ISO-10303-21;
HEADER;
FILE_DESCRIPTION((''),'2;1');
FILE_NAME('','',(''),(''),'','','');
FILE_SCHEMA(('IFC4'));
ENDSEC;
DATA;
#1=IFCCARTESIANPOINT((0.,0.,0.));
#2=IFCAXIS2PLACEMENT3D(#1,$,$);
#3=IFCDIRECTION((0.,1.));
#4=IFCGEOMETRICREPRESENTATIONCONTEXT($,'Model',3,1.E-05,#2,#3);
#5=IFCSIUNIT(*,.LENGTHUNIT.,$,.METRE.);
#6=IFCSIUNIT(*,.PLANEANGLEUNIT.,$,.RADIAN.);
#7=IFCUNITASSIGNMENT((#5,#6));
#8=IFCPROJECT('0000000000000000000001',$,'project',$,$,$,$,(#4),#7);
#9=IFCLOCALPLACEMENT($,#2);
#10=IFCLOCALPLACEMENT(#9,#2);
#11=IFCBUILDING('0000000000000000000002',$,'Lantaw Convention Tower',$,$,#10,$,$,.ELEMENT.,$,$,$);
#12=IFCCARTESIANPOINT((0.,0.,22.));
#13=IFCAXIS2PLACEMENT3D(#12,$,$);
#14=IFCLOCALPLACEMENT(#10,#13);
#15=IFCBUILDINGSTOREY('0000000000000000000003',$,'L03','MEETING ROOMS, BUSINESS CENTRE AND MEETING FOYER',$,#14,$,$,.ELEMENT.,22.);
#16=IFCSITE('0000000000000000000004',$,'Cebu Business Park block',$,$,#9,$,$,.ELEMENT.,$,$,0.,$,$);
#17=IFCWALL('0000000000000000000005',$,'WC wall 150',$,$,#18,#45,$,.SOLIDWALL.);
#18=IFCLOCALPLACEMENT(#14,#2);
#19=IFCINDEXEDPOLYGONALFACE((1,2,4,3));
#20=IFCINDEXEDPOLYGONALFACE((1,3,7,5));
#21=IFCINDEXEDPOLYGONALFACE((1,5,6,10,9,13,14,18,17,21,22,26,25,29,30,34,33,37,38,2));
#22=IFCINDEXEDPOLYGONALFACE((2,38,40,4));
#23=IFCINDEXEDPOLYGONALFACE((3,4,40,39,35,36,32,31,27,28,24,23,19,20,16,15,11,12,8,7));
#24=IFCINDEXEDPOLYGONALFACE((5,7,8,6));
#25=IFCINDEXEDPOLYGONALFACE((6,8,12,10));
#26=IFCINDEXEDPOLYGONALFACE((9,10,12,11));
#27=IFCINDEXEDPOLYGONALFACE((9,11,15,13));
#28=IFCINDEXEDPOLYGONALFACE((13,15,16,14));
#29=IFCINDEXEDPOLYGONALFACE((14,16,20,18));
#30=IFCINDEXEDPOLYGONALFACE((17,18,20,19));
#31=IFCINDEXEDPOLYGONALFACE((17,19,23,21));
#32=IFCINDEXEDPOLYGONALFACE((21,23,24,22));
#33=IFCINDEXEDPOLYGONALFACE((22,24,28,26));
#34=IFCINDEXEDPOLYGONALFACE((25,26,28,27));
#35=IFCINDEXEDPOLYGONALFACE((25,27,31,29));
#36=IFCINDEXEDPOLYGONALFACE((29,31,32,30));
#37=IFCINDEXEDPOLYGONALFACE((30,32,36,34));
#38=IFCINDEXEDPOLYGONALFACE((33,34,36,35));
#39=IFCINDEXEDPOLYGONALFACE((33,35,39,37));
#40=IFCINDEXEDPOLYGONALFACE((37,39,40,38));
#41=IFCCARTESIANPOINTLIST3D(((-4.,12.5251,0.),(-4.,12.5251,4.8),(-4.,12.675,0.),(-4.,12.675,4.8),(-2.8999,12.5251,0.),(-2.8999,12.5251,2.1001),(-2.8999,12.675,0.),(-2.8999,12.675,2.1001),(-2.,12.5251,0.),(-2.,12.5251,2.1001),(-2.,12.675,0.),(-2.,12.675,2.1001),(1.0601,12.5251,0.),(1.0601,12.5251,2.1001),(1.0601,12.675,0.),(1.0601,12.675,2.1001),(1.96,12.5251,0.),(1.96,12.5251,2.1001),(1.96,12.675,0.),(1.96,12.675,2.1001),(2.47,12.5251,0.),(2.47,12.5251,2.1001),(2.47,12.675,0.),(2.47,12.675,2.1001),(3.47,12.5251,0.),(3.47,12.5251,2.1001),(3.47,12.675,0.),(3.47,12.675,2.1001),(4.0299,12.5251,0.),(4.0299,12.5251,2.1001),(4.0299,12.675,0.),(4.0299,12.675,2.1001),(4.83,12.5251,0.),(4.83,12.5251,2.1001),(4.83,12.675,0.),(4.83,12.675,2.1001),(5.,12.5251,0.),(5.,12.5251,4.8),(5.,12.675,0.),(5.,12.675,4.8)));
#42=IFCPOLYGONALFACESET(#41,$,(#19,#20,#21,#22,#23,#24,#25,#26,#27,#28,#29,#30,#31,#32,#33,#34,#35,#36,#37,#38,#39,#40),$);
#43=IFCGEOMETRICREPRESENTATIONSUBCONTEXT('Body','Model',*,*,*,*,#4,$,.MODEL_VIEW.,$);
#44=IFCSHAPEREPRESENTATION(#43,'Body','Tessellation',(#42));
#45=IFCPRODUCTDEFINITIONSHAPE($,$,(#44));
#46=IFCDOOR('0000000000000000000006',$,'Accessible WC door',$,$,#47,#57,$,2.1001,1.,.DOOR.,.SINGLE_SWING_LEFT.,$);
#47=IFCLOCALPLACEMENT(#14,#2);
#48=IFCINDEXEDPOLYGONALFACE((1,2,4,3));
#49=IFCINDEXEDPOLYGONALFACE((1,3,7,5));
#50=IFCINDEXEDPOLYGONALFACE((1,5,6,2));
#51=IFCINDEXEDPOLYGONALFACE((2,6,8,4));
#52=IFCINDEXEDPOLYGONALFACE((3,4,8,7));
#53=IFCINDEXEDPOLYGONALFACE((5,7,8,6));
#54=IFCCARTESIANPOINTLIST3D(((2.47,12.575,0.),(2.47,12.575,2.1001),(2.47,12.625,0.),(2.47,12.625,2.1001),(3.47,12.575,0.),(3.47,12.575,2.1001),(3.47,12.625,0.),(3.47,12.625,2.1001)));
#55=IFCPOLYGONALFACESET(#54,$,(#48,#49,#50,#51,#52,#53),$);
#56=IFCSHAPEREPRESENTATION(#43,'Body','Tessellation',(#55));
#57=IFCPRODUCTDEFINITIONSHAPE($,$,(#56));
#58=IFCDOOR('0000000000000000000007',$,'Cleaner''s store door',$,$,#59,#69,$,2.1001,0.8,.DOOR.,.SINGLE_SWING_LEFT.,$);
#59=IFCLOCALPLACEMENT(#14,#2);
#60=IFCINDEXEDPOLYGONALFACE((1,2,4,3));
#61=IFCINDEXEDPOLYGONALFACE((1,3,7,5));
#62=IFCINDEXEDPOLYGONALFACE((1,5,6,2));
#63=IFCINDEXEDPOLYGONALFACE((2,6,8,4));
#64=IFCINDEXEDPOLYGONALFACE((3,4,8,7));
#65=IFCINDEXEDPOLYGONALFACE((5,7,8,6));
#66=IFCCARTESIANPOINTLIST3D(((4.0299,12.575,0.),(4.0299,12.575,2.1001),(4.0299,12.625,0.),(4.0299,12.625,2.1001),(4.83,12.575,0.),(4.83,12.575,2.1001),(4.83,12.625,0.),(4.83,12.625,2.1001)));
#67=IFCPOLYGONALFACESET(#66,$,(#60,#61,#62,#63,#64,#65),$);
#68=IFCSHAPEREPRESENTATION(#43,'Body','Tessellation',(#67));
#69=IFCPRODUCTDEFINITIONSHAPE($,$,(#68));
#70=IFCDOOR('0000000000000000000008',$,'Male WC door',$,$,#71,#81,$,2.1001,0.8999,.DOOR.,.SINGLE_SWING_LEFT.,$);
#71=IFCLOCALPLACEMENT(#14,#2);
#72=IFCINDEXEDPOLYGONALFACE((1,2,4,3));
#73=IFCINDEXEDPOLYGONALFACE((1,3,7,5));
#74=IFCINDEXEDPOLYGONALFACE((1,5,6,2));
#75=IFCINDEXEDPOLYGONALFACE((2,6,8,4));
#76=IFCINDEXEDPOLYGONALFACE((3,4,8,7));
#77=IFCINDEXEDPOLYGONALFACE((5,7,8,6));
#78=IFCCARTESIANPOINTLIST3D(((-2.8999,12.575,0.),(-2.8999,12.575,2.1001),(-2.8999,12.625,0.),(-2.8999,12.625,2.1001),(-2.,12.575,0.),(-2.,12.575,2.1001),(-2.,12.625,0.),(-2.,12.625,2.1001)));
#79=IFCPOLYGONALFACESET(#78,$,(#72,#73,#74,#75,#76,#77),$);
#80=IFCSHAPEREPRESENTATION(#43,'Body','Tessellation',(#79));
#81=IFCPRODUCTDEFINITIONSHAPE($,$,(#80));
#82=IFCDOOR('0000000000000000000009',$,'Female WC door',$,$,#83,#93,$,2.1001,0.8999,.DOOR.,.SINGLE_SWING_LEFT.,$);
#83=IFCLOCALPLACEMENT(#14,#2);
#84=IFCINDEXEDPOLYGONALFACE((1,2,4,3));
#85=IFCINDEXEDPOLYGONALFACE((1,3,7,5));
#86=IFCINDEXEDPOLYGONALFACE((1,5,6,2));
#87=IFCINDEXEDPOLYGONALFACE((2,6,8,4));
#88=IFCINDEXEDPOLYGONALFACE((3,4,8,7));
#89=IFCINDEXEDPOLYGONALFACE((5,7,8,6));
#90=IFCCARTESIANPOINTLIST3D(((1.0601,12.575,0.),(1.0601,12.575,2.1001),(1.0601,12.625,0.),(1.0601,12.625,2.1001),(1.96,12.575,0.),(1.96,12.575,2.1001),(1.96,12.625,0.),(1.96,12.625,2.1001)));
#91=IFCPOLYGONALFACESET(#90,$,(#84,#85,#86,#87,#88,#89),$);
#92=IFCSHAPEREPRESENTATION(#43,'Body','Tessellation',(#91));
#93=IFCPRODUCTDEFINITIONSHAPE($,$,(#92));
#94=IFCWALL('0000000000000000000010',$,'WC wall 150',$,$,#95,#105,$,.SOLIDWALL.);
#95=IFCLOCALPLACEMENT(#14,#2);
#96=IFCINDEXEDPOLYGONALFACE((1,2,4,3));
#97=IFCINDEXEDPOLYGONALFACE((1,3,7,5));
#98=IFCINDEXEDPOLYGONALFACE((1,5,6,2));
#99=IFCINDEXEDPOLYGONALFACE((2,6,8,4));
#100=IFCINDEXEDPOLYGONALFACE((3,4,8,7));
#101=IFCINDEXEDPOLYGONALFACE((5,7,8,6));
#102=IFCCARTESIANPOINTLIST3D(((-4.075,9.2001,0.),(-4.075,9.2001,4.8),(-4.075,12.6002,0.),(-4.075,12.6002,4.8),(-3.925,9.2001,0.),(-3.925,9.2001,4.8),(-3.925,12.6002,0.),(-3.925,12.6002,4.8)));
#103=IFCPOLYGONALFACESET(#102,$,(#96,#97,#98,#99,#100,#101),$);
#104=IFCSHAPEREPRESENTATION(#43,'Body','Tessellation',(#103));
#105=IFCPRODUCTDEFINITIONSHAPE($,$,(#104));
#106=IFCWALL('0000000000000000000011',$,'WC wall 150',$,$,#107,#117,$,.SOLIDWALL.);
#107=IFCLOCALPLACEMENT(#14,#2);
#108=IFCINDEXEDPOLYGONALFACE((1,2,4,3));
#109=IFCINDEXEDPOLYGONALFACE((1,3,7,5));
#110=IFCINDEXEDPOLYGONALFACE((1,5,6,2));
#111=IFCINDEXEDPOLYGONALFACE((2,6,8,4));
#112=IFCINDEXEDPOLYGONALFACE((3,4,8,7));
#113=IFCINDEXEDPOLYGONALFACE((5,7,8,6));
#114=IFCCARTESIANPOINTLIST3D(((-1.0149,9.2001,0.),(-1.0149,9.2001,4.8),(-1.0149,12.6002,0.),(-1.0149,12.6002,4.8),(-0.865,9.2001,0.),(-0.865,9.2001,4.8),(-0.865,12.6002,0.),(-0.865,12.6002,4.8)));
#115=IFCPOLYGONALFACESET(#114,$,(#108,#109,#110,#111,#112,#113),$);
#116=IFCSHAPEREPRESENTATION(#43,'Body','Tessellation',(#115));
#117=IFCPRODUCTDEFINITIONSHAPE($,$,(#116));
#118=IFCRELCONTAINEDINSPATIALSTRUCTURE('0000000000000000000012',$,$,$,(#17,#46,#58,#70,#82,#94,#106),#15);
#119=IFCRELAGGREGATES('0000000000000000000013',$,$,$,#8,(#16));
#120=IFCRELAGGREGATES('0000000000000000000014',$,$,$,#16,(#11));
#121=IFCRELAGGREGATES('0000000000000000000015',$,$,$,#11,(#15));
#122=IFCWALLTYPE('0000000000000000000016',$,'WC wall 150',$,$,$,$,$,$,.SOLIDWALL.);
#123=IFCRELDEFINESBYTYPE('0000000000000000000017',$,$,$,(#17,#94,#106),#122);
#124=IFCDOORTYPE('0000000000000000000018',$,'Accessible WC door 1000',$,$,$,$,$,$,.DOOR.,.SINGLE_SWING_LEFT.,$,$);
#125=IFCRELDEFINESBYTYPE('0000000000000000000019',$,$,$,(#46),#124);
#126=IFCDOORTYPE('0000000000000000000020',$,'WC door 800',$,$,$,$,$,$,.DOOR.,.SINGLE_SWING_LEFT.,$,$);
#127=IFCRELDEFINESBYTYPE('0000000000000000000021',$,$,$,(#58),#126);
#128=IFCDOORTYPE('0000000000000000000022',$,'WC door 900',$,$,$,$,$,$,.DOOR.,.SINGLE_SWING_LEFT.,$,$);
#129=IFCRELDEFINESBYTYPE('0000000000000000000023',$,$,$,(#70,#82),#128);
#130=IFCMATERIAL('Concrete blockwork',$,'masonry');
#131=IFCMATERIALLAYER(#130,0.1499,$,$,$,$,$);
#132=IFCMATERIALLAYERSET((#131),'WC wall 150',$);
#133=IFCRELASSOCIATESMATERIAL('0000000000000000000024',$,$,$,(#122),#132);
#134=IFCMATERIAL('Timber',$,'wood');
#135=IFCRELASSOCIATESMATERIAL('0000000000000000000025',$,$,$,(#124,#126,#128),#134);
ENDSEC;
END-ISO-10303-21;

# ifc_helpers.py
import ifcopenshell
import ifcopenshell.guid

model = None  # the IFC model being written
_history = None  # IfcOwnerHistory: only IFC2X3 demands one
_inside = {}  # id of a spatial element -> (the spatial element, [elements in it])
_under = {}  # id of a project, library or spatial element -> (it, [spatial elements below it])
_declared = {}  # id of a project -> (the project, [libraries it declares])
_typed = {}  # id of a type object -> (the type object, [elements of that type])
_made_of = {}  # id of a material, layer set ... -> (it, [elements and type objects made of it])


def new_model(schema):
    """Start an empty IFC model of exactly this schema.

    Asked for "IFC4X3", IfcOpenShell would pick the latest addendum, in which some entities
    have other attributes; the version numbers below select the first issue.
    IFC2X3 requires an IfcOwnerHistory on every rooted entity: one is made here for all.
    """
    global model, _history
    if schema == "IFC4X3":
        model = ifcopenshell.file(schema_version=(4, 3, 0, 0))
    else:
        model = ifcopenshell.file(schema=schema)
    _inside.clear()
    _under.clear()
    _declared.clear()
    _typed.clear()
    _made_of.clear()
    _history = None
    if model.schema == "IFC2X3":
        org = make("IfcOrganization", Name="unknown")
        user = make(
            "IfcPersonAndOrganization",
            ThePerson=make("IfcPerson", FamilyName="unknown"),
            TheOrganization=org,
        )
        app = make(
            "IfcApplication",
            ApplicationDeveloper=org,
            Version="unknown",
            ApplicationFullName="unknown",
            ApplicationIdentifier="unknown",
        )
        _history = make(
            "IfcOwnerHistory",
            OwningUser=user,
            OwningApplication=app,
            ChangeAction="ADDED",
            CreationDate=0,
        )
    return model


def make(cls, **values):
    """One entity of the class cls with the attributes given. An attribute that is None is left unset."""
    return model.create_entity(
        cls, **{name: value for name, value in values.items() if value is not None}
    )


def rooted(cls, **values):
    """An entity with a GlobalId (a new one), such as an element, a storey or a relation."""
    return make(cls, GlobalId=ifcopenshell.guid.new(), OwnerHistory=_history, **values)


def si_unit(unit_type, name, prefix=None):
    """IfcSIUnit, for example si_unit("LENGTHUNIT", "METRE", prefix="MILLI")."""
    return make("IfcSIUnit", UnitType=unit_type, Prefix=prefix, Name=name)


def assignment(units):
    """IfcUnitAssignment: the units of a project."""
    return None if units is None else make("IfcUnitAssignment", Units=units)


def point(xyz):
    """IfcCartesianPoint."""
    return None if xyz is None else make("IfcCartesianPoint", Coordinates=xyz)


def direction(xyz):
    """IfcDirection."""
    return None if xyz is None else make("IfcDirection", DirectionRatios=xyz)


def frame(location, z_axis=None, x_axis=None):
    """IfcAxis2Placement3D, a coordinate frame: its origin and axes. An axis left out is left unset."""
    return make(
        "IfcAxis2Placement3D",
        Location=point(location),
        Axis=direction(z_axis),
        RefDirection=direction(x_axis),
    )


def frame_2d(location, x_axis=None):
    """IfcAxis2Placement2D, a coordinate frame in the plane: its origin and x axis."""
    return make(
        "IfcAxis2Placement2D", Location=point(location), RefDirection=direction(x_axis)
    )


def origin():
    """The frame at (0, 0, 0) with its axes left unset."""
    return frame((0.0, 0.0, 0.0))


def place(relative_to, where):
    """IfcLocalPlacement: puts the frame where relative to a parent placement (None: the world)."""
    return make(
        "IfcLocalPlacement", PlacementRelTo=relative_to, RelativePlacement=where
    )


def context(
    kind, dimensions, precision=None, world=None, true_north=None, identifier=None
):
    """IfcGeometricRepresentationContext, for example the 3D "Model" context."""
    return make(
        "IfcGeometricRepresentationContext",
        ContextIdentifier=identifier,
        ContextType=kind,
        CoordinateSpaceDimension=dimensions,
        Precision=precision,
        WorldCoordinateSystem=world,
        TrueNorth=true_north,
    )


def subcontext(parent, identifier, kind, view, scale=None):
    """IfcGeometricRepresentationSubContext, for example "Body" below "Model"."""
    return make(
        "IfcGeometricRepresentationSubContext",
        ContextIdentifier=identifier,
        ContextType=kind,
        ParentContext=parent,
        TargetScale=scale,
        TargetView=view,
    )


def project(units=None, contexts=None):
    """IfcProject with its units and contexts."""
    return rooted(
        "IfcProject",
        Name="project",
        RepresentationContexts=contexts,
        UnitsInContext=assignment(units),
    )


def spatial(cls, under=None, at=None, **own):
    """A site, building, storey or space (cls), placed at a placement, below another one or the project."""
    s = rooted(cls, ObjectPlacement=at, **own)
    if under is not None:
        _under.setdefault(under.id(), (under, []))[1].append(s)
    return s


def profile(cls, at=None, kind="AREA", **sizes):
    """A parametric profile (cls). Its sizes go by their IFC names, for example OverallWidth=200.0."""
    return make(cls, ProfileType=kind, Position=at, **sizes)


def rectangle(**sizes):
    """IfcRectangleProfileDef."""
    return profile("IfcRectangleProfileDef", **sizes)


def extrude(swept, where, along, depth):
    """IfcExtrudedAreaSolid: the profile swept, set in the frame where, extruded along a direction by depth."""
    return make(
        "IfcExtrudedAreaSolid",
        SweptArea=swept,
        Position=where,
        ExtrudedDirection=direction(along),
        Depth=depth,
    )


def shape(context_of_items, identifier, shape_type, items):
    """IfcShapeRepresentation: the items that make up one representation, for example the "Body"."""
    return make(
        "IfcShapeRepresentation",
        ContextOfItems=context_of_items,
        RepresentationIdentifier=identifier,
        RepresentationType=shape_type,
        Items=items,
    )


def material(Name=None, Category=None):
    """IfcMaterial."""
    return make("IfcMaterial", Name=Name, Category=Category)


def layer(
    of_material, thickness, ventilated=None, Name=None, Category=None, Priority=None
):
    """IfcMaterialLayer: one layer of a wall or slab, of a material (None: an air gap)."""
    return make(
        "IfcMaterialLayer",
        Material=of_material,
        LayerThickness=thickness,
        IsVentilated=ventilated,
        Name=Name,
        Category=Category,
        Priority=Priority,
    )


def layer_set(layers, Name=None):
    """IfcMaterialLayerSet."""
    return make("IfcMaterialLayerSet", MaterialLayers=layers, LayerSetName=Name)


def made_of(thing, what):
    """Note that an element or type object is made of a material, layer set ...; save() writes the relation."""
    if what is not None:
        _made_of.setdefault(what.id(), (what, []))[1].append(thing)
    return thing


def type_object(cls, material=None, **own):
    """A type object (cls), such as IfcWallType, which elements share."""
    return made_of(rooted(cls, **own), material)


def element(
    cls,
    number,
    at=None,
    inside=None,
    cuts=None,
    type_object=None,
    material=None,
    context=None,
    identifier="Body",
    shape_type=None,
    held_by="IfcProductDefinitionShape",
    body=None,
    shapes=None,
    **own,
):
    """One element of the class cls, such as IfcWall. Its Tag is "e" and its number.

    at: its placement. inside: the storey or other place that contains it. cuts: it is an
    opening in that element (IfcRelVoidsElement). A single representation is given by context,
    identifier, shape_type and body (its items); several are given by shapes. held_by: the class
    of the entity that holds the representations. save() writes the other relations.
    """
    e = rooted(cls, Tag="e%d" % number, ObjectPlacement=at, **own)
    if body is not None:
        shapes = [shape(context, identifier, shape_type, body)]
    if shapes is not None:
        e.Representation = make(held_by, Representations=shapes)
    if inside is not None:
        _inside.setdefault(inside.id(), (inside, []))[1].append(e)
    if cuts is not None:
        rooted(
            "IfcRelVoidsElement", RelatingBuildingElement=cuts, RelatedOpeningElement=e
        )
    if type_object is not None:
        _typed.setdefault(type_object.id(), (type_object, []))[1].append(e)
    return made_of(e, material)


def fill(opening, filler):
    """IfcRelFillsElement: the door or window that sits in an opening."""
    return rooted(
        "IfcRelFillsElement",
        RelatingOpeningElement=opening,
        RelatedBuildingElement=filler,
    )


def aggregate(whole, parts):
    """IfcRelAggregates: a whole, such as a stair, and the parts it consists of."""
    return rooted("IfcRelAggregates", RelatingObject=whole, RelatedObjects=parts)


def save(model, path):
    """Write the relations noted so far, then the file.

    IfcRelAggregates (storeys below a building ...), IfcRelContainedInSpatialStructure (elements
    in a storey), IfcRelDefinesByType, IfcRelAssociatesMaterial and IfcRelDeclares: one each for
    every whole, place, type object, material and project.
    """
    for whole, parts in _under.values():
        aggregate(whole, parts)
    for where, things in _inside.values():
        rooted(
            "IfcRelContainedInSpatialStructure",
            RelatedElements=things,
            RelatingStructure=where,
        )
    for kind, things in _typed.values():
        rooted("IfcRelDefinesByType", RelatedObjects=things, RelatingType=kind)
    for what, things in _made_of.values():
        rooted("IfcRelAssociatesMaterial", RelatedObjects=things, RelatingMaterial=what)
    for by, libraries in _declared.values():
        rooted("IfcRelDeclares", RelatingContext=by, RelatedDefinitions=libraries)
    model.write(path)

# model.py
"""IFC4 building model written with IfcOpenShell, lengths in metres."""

from ifc_helpers import new_model, si_unit, direction, frame, frame_2d, origin, place, context, subcontext, project, spatial, rectangle, extrude, material, layer, layer_set, type_object, element, fill, save


model = new_model("IFC4")

# Units and contexts
model_context = context("Model", 3, precision=1e-05, world=origin(), true_north=direction((0.0, 1.0)))
body_context = subcontext(model_context, "Body", "Model", "MODEL_VIEW")
ifc_project = project(units=[si_unit("LENGTHUNIT", "METRE"), si_unit("PLANEANGLEUNIT", "RADIAN")], contexts=[model_context])

# Site, building, storey
site_placement = place(None, origin())
site = spatial("IfcSite", under=ifc_project, at=site_placement, Name="Cebu Business Park block", CompositionType="ELEMENT", RefElevation=0.0)
building_placement = place(site_placement, origin())
building = spatial("IfcBuilding", under=site, at=building_placement, Name="Lantaw Convention Tower", CompositionType="ELEMENT")
storey_placement = place(building_placement, frame((0.0, 0.0, 22.0)))
storey = spatial("IfcBuildingStorey", under=building, at=storey_placement, Name="L03", Description="MEETING ROOMS, BUSINESS CENTRE AND MEETING FOYER", CompositionType="ELEMENT", Elevation=22.0)

# Shared definitions
ifc_material_1 = material(Name="Concrete blockwork", Category="masonry")

# Wall, openings, doors
ifc_layer_1 = layer(ifc_material_1, 0.1499)
ifc_layer_set_1 = layer_set([ifc_layer_1], Name="WC wall 150")
wall_type_1 = type_object("IfcWallType", Name="WC wall 150", PredefinedType="SOLIDWALL", material=ifc_layer_set_1)
wall_1_placement = place(storey_placement, frame((-4.0, 12.6001, 0.0), z_axis=(0.0, 0.0, 1.0), x_axis=(1.0, 0.0, 0.0)))
wall_1 = element("IfcWall", 1, at=wall_1_placement, inside=storey, type_object=wall_type_1, Name="WC wall 150", PredefinedType="SOLIDWALL", context=body_context, shape_type="SweptSolid", body=[
    extrude(rectangle(XDim=9.0, YDim=0.1499, at=frame_2d((4.5, 0.0))), origin(), (0.0, 0.0, 1.0), 4.8),
])
opening_1_placement = place(wall_1_placement, frame((1.1001, 0.0, 0.0)))
opening_1 = element("IfcOpeningElement", 2, at=opening_1_placement, cuts=wall_1, PredefinedType="OPENING", context=body_context, shape_type="SweptSolid", body=[
    extrude(rectangle(XDim=0.8999, YDim=2.1001, at=frame_2d((0.45, 1.05))), frame((0.0, 0.085, 0.0), z_axis=(0.0, -1.0, 0.0), x_axis=(1.0, 0.0, 0.0)), (0.0, 0.0, 1.0), 0.1699),
])
opening_2_placement = place(wall_1_placement, frame((5.0601, 0.0, 0.0)))
opening_2 = element("IfcOpeningElement", 3, at=opening_2_placement, cuts=wall_1, PredefinedType="OPENING", context=body_context, shape_type="SweptSolid", body=[
    extrude(rectangle(XDim=0.8999, YDim=2.1001, at=frame_2d((0.45, 1.05))), frame((0.0, 0.085, 0.0), z_axis=(0.0, -1.0, 0.0), x_axis=(1.0, 0.0, 0.0)), (0.0, 0.0, 1.0), 0.1699),
])
opening_3_placement = place(wall_1_placement, frame((6.47, 0.0, 0.0)))
opening_3 = element("IfcOpeningElement", 4, at=opening_3_placement, cuts=wall_1, PredefinedType="OPENING", context=body_context, shape_type="SweptSolid", body=[
    extrude(rectangle(XDim=1.0, YDim=2.1001, at=frame_2d((0.5, 1.05))), frame((0.0, 0.085, 0.0), z_axis=(0.0, -1.0, 0.0), x_axis=(1.0, 0.0, 0.0)), (0.0, 0.0, 1.0), 0.1699),
])
opening_4_placement = place(wall_1_placement, frame((8.03, 0.0, 0.0)))
opening_4 = element("IfcOpeningElement", 5, at=opening_4_placement, cuts=wall_1, PredefinedType="OPENING", context=body_context, shape_type="SweptSolid", body=[
    extrude(rectangle(XDim=0.8, YDim=2.1001, at=frame_2d((0.3999, 1.05))), frame((0.0, 0.085, 0.0), z_axis=(0.0, -1.0, 0.0), x_axis=(1.0, 0.0, 0.0)), (0.0, 0.0, 1.0), 0.1699),
])
ifc_material_2 = material(Name="Timber", Category="wood")
door_type_1 = type_object("IfcDoorType", Name="Accessible WC door 1000", OperationType="SINGLE_SWING_LEFT", PredefinedType="DOOR", material=ifc_material_2)
door_1_placement = place(opening_3_placement, origin())
door_1 = element("IfcDoor", 6, at=door_1_placement, inside=storey, type_object=door_type_1, Name="Accessible WC door", OperationType="SINGLE_SWING_LEFT", OverallHeight=2.1001, OverallWidth=1.0, PredefinedType="DOOR", context=body_context, shape_type="SweptSolid", body=[
    extrude(rectangle(XDim=1.0, YDim=2.1001, at=frame_2d((0.5, 1.05))), frame((0.0, 0.0249, 0.0), z_axis=(0.0, -1.0, 0.0), x_axis=(1.0, 0.0, 0.0)), (0.0, 0.0, 1.0), 0.05),
])
fill(opening_3, door_1)
door_type_2 = type_object("IfcDoorType", Name="WC door 800", OperationType="SINGLE_SWING_LEFT", PredefinedType="DOOR", material=ifc_material_2)
door_2_placement = place(opening_4_placement, origin())
door_2 = element("IfcDoor", 7, at=door_2_placement, inside=storey, type_object=door_type_2, Name="Cleaner's store door", OperationType="SINGLE_SWING_LEFT", OverallHeight=2.1001, OverallWidth=0.8, PredefinedType="DOOR", context=body_context, shape_type="SweptSolid", body=[
    extrude(rectangle(XDim=0.8, YDim=2.1001, at=frame_2d((0.3999, 1.05))), frame((0.0, 0.0249, 0.0), z_axis=(0.0, -1.0, 0.0), x_axis=(1.0, 0.0, 0.0)), (0.0, 0.0, 1.0), 0.05),
])
fill(opening_4, door_2)
door_type_3 = type_object("IfcDoorType", Name="WC door 900", OperationType="SINGLE_SWING_LEFT", PredefinedType="DOOR", material=ifc_material_2)
door_3_placement = place(opening_1_placement, origin())
door_3 = element("IfcDoor", 8, at=door_3_placement, inside=storey, type_object=door_type_3, Name="Male WC door", OperationType="SINGLE_SWING_LEFT", OverallHeight=2.1001, OverallWidth=0.8999, PredefinedType="DOOR", context=body_context, shape_type="SweptSolid", body=[
    extrude(rectangle(XDim=0.8999, YDim=2.1001, at=frame_2d((0.45, 1.05))), frame((0.0, 0.0249, 0.0), z_axis=(0.0, -1.0, 0.0), x_axis=(1.0, 0.0, 0.0)), (0.0, 0.0, 1.0), 0.05),
])
fill(opening_1, door_3)
door_4_placement = place(opening_2_placement, origin())
door_4 = element("IfcDoor", 9, at=door_4_placement, inside=storey, type_object=door_type_3, Name="Female WC door", OperationType="SINGLE_SWING_LEFT", OverallHeight=2.1001, OverallWidth=0.8999, PredefinedType="DOOR", context=body_context, shape_type="SweptSolid", body=[
    extrude(rectangle(XDim=0.8999, YDim=2.1001, at=frame_2d((0.45, 1.05))), frame((0.0, 0.0249, 0.0), z_axis=(0.0, -1.0, 0.0), x_axis=(1.0, 0.0, 0.0)), (0.0, 0.0, 1.0), 0.05),
])
fill(opening_2, door_4)

# Walls
for number, where, z_axis, x_axis, name in (
    (10, (-4.0, 9.2, 0.0), (0.0, 0.0, 1.0), (0.0, 1.0, 0.0), "WC wall 150"),
    (11, (-0.9399, 9.2, 0.0), (0.0, 0.0, 1.0), (0.0, 1.0, 0.0), "WC wall 150"),
):
    element("IfcWall", number, at=place(storey_placement, frame(where, z_axis=z_axis, x_axis=x_axis)), inside=storey, type_object=wall_type_1, Name=name, PredefinedType="SOLIDWALL", context=body_context, shape_type="SweptSolid", body=[
        extrude(rectangle(XDim=3.4001, YDim=0.1499, at=frame_2d((1.7002, 0.0))), origin(), (0.0, 0.0, 1.0), 4.8),
    ])

save(model, "model.ifc")
